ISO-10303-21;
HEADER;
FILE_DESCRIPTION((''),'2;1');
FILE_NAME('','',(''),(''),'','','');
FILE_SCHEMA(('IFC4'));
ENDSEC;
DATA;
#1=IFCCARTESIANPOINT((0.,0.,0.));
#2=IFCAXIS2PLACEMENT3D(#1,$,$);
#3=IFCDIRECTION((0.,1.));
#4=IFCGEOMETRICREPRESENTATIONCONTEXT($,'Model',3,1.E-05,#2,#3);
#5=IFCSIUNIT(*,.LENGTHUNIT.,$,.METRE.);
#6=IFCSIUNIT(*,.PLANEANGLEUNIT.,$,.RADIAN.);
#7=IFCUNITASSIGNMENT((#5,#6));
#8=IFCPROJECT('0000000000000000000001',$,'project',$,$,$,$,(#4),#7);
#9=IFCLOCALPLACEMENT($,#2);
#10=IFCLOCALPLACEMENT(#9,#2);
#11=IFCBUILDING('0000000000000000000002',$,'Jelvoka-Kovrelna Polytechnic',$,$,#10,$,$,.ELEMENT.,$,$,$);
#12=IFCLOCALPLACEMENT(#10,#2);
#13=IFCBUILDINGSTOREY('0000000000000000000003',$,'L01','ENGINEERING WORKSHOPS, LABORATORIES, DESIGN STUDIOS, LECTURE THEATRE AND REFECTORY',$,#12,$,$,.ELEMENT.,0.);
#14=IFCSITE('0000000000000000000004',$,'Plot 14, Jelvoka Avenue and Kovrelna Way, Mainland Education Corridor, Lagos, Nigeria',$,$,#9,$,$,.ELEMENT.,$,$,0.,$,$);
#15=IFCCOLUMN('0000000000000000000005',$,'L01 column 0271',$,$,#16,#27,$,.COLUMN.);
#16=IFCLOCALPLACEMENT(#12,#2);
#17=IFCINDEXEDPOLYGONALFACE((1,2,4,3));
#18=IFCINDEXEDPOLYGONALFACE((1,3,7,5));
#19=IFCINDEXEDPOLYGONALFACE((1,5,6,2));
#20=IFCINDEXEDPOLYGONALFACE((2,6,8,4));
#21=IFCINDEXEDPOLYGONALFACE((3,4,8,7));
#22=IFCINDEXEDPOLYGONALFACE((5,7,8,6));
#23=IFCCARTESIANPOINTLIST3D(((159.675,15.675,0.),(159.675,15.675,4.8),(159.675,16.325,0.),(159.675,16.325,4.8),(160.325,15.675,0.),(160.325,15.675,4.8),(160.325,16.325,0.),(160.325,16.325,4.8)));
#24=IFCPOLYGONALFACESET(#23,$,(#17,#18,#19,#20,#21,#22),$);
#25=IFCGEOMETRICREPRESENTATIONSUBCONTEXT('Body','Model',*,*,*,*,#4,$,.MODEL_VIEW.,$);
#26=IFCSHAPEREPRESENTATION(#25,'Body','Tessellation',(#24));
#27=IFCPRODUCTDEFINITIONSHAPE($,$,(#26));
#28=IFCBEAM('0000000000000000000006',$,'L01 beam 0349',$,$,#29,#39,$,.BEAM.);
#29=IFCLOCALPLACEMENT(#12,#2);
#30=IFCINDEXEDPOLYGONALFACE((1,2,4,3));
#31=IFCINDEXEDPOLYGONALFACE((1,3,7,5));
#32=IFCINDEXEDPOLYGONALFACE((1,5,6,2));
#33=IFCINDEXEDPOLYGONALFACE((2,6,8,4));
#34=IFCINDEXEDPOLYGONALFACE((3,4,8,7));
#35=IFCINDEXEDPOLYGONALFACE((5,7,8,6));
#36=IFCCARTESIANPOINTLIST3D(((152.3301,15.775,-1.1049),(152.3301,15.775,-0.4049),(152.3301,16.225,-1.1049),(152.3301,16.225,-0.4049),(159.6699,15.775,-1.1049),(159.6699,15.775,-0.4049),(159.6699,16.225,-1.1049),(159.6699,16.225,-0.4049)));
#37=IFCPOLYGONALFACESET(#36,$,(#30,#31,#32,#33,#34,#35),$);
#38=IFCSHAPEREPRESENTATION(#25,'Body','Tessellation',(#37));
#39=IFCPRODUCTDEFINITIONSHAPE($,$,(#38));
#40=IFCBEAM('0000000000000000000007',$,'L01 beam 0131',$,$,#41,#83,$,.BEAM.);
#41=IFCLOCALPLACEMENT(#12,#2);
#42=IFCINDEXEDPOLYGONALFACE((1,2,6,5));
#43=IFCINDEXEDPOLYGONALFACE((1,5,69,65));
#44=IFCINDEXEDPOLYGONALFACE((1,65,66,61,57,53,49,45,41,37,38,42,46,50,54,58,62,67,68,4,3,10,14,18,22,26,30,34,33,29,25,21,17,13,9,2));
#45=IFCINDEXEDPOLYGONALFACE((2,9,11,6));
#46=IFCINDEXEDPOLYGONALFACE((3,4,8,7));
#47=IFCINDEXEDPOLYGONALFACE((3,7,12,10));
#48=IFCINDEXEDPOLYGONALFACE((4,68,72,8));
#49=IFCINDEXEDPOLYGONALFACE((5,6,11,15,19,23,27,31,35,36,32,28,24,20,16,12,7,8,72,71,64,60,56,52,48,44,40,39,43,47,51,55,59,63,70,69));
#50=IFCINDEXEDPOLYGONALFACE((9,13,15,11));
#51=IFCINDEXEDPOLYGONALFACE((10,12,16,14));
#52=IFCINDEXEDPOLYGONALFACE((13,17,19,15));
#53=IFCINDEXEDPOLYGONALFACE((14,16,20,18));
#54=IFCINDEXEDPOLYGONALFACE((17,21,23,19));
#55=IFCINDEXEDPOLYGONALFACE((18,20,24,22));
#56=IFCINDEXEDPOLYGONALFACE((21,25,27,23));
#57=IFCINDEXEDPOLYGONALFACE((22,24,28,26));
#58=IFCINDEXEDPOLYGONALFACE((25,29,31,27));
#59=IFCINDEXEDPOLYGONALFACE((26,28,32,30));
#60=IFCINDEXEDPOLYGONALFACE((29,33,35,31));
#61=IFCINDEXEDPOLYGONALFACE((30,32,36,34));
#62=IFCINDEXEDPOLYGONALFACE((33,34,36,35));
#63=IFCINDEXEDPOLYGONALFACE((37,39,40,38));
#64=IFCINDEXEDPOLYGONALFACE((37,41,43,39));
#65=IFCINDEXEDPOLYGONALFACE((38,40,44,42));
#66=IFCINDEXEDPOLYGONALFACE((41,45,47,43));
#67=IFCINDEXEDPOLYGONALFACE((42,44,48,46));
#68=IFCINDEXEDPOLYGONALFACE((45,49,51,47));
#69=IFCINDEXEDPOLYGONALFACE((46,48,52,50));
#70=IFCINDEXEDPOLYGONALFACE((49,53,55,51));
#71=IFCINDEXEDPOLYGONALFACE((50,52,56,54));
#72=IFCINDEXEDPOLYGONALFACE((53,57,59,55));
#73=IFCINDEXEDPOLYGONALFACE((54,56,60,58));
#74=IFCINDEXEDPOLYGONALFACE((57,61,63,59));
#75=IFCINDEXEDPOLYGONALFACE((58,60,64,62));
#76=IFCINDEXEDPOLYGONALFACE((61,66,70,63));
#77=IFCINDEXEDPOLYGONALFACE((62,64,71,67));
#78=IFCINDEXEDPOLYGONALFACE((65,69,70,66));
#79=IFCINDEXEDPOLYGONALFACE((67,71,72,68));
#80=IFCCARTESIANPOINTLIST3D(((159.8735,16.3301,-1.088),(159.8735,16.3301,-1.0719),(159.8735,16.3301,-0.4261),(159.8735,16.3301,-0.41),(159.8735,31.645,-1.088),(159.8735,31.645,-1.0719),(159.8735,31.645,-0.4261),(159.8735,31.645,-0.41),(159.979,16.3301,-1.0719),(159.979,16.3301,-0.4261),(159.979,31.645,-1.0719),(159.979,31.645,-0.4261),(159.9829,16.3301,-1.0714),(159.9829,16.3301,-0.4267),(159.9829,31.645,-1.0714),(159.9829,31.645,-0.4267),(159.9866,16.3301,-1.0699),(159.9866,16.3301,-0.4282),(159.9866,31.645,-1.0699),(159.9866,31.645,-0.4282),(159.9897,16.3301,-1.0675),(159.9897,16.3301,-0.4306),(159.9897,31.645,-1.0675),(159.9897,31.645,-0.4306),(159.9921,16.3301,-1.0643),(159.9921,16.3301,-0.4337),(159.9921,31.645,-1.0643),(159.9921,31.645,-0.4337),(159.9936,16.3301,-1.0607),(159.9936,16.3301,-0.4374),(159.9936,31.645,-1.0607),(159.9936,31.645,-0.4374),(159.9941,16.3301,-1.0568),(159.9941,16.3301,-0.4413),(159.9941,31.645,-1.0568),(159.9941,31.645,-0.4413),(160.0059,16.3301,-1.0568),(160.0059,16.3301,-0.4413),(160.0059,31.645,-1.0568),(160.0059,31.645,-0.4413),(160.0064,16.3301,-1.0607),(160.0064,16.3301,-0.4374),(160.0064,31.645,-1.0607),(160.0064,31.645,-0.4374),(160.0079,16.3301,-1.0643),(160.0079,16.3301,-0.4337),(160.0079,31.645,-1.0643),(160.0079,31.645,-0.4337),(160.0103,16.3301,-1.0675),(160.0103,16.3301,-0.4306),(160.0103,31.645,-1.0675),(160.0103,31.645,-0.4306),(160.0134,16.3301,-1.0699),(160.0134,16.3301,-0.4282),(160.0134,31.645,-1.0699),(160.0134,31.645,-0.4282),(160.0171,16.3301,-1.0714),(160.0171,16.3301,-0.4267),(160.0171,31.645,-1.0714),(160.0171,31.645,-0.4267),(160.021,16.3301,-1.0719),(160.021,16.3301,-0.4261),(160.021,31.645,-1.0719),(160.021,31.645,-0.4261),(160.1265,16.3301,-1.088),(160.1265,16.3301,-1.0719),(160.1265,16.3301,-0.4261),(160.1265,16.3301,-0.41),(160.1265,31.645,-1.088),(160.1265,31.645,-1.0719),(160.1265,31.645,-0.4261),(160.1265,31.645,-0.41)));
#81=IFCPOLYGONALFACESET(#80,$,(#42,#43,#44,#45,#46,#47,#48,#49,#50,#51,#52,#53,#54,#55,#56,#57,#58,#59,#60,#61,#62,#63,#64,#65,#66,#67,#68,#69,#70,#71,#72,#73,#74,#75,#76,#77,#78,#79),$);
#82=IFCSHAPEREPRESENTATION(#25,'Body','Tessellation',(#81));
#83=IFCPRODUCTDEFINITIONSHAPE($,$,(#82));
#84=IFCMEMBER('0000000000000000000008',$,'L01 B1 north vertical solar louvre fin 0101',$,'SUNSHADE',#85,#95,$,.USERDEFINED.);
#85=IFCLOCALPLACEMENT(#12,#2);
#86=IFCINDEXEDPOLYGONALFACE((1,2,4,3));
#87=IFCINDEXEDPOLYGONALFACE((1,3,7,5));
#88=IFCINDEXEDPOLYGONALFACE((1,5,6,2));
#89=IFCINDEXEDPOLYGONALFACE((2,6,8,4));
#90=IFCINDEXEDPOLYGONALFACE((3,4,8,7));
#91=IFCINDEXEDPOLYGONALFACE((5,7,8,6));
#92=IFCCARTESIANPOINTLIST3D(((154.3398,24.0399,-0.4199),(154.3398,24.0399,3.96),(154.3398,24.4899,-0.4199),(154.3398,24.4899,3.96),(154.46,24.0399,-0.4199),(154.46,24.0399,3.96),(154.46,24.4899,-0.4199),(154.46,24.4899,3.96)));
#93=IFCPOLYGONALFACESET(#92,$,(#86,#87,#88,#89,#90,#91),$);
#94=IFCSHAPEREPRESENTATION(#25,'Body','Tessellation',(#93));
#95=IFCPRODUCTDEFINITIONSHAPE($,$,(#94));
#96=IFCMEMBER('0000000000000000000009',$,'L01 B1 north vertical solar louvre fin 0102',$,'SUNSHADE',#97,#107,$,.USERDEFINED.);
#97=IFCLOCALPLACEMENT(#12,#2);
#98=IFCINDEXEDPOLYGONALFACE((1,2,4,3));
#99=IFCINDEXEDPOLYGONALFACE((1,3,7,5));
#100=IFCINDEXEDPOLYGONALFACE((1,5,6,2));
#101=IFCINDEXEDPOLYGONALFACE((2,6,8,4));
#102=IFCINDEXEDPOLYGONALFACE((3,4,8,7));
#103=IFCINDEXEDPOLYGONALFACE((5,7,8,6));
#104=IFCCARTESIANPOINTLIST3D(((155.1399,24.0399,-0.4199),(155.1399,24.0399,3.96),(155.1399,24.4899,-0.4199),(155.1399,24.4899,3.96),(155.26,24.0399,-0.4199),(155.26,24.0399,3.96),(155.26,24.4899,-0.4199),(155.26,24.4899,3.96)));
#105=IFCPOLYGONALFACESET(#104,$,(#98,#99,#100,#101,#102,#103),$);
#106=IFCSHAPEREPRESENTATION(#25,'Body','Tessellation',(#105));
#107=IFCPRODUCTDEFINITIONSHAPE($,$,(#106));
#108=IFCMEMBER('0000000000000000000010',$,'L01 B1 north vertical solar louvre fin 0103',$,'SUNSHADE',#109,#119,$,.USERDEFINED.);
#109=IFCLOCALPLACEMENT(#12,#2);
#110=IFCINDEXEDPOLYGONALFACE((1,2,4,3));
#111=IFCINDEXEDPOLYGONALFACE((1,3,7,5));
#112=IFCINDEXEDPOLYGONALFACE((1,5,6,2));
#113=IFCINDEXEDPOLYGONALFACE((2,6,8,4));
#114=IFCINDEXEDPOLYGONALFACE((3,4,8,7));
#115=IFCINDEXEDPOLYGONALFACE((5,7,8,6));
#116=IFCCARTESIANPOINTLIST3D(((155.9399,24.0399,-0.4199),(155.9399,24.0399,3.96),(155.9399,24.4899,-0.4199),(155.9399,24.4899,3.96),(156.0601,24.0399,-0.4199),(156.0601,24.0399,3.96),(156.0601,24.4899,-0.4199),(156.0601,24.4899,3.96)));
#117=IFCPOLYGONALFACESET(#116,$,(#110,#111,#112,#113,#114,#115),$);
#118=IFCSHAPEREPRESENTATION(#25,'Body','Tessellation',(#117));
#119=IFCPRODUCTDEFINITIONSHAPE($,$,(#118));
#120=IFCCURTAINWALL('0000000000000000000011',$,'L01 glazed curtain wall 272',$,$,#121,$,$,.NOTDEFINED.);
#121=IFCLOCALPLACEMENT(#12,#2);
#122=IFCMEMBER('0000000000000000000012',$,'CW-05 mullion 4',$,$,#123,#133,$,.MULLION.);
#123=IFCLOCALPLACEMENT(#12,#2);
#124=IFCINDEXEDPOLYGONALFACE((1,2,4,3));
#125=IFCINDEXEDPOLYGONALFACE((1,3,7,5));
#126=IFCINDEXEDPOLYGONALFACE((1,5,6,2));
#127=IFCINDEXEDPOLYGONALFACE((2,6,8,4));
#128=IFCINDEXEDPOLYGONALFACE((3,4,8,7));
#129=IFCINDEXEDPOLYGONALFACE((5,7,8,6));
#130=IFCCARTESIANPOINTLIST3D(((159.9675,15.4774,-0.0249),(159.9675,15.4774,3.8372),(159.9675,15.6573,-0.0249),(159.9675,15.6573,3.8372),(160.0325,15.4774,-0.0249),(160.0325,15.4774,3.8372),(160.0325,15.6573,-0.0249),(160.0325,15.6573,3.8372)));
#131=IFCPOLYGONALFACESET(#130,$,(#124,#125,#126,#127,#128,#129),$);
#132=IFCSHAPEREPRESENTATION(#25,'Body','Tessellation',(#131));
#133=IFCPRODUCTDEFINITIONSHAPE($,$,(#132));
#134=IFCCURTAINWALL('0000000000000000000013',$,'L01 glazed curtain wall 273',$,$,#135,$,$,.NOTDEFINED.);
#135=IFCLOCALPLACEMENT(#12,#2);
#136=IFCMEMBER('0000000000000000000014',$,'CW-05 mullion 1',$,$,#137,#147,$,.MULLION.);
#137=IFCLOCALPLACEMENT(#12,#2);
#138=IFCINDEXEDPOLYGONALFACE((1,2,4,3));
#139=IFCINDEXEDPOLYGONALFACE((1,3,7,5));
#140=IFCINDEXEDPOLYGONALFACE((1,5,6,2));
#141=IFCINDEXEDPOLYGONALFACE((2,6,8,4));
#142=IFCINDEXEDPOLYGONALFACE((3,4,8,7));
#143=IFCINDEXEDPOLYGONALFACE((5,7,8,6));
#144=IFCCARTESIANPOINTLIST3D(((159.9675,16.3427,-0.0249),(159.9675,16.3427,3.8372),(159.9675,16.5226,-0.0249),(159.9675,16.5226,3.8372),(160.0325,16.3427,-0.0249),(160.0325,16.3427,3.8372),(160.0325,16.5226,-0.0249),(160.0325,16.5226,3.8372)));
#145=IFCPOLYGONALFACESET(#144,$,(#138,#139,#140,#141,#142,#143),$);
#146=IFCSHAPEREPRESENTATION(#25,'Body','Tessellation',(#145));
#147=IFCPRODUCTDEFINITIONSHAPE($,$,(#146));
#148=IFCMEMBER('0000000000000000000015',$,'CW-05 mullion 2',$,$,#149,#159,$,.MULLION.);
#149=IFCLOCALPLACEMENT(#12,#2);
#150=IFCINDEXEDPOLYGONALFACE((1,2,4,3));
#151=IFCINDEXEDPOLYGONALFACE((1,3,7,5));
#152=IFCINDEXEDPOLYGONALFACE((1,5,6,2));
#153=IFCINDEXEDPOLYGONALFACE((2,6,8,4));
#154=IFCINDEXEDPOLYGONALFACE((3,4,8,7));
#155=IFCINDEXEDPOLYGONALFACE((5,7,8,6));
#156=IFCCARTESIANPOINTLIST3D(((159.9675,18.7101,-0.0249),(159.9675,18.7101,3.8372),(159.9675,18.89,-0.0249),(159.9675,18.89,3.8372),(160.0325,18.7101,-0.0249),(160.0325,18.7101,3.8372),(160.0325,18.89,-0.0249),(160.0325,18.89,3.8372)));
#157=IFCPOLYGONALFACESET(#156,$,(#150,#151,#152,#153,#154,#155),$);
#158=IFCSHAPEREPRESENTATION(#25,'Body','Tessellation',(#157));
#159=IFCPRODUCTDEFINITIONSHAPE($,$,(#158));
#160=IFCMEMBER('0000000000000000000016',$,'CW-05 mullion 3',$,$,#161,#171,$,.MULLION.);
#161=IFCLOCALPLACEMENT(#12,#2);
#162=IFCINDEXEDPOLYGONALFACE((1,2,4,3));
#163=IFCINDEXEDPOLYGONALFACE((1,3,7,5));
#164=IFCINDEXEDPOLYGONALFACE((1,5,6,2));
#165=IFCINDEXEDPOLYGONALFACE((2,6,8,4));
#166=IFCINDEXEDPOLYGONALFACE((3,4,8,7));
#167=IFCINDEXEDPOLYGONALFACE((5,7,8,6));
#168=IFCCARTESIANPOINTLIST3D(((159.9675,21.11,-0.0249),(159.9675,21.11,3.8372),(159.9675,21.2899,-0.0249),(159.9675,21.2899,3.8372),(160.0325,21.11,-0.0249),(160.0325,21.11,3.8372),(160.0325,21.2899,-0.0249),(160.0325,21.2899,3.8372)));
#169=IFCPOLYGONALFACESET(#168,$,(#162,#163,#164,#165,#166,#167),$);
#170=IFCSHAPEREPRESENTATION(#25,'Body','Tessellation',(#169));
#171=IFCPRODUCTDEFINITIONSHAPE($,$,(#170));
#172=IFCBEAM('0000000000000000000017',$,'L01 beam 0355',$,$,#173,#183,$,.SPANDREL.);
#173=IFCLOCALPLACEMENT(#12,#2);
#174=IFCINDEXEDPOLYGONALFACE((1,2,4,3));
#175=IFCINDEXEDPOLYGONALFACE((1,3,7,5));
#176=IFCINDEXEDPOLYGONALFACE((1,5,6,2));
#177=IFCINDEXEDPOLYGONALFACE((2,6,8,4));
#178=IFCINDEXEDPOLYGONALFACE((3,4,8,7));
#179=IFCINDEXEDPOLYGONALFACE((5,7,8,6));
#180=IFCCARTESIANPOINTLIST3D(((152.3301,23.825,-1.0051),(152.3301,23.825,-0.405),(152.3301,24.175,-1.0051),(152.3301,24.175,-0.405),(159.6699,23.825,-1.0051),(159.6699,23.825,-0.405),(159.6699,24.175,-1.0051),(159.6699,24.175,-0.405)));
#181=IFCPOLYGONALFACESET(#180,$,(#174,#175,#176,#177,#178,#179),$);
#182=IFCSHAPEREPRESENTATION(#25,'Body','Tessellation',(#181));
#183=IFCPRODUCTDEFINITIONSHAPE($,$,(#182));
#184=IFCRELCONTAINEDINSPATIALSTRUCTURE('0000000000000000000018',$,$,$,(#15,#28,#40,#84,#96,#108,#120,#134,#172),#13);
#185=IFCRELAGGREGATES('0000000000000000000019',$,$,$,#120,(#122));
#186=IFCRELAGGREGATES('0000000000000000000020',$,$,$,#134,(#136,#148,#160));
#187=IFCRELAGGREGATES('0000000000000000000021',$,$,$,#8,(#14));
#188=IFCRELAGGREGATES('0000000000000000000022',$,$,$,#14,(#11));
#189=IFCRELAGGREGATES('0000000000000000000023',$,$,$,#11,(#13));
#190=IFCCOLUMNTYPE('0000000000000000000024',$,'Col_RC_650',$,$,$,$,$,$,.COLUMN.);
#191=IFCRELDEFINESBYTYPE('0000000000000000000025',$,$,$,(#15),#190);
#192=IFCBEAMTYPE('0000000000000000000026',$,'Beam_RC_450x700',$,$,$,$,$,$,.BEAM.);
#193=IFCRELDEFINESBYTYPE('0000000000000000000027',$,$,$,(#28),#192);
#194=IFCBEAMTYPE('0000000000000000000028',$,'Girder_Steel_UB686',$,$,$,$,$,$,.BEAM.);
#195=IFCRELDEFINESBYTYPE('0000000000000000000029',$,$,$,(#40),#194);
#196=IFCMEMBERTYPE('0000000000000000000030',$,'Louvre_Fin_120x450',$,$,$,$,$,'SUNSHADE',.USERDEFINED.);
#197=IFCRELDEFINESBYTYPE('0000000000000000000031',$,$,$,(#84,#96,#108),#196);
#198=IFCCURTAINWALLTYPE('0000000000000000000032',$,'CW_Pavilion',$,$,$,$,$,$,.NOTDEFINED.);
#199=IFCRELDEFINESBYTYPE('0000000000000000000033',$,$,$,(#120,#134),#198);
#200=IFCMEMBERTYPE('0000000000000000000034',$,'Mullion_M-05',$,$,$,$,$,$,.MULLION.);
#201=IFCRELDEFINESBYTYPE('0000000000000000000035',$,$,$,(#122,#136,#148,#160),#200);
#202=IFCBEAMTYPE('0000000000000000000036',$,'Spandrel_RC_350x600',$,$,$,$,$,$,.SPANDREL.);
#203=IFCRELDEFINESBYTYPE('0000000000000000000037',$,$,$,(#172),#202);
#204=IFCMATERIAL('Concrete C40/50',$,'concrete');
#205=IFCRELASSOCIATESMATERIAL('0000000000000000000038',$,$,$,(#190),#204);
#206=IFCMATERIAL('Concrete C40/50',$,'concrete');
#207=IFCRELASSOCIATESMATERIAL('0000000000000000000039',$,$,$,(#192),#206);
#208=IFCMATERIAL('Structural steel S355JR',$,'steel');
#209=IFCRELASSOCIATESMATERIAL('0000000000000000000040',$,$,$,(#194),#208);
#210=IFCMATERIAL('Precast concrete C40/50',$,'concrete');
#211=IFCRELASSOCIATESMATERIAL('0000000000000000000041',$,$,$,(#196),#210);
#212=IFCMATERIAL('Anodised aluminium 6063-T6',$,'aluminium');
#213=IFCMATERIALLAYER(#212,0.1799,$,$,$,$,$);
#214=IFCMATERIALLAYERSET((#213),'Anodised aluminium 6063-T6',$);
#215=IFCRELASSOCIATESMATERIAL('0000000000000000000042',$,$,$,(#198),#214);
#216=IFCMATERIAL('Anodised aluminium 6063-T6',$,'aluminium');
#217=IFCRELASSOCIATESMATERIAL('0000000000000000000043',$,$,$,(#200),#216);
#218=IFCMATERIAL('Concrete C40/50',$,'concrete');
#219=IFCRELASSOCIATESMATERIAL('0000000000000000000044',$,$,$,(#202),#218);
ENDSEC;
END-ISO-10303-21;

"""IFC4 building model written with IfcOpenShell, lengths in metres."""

from ifc_helpers import new_model, si_unit, direction, frame, origin, origin_2d, place, context, subcontext, project, spatial, rectangle, i_section, extrude, material, layer, layer_set, material_profile, profile_set, type_object, element, aggregate, save


model = new_model("IFC4")

# Units and contexts
model_context = context("Model", 3, precision=1e-05, world=origin(), true_north=direction((0.0, 1.0)))
body_context = subcontext(model_context, "Body", "Model", "MODEL_VIEW")
ifc_project = project(units=[si_unit("LENGTHUNIT", "METRE"), si_unit("PLANEANGLEUNIT", "RADIAN")], contexts=[model_context])

# Site, building, storey
site_placement = place(None, origin())
site = spatial("IfcSite", under=ifc_project, at=site_placement, Name="Plot 14, Jelvoka Avenue and Kovrelna Way, Mainland Education Corridor, Lagos, Nigeria", CompositionType="ELEMENT", RefElevation=0.0)
building_placement = place(site_placement, origin())
building = spatial("IfcBuilding", under=site, at=building_placement, Name="Jelvoka-Kovrelna Polytechnic", CompositionType="ELEMENT")
storey_placement = place(building_placement, origin())
storey = spatial("IfcBuildingStorey", under=building, at=storey_placement, Name="L01", Description="ENGINEERING WORKSHOPS, LABORATORIES, DESIGN STUDIOS, LECTURE THEATRE AND REFECTORY", CompositionType="ELEMENT", Elevation=0.0)

# Column
ifc_material_1 = material(Name="Concrete C40/50", Category="concrete")
ifc_material_profile_1 = material_profile(ifc_material_1, rectangle(XDim=0.6499, YDim=0.6499, at=origin_2d()), Name="RC 650x650")
ifc_profile_set_1 = profile_set([ifc_material_profile_1], Name="Concrete C40/50")
column_type = type_object("IfcColumnType", Name="Col_RC_650", PredefinedType="COLUMN", material=ifc_profile_set_1)
column_placement = place(storey_placement, frame((160.0, 16.0, 0.0), z_axis=(0.0, 0.0, 1.0), x_axis=(1.0, 0.0, 0.0)))
element("IfcColumn", 1, at=column_placement, inside=storey, type_object=column_type, Name="L01 column 0271", PredefinedType="COLUMN", context=body_context, shape_type="SweptSolid", body=[
    extrude(rectangle(XDim=0.6499, YDim=0.6499, at=origin_2d()), origin(), (0.0, 0.0, 1.0), 4.8),
])

# Beams
ifc_material_2 = material(Name="Concrete C40/50", Category="concrete")
ifc_material_profile_2 = material_profile(ifc_material_2, rectangle(XDim=0.45, YDim=0.7, at=origin_2d()), Name="RC 450x700")
ifc_profile_set_2 = profile_set([ifc_material_profile_2], Name="Concrete C40/50")
beam_type_1 = type_object("IfcBeamType", Name="Beam_RC_450x700", PredefinedType="BEAM", material=ifc_profile_set_2)
beam_1_placement = place(storey_placement, frame((152.3301, 16.0, -0.7549), z_axis=(1.0, 0.0, 0.0), x_axis=(0.0, 1.0, 0.0)))
element("IfcBeam", 2, at=beam_1_placement, inside=storey, type_object=beam_type_1, Name="L01 beam 0349", PredefinedType="BEAM", context=body_context, shape_type="SweptSolid", body=[
    extrude(rectangle(XDim=0.45, YDim=0.7, at=origin_2d()), origin(), (0.0, 0.0, 1.0), 7.3398),
])
ifc_material_3 = material(Name="Structural steel S355JR", Category="steel")
ifc_material_profile_3 = material_profile(ifc_material_3, i_section(OverallWidth=0.2529, OverallDepth=0.678, WebThickness=0.0117, FlangeThickness=0.0161, FilletRadius=0.0151, at=origin_2d()), Name="686x254x125 UB")
ifc_profile_set_3 = profile_set([ifc_material_profile_3], Name="Structural steel S355JR")
beam_type_2 = type_object("IfcBeamType", Name="Girder_Steel_UB686", PredefinedType="BEAM", material=ifc_profile_set_3)
beam_2_placement = place(storey_placement, frame((160.0, 16.3301, -0.749), z_axis=(0.0, 1.0, 0.0), x_axis=(-1.0, 0.0, 0.0)))
element("IfcBeam", 3, at=beam_2_placement, inside=storey, type_object=beam_type_2, Name="L01 beam 0131", PredefinedType="BEAM", context=body_context, shape_type="SweptSolid", body=[
    extrude(i_section(OverallWidth=0.2529, OverallDepth=0.678, WebThickness=0.0117, FlangeThickness=0.0161, FilletRadius=0.0151, at=origin_2d()), origin(), (0.0, 0.0, 1.0), 15.3149),
])

# Members
ifc_material_4 = material(Name="Precast concrete C40/50", Category="concrete")
ifc_material_profile_4 = material_profile(ifc_material_4, rectangle(XDim=0.1201, YDim=0.45, at=origin_2d()), Name="PC 120x450")
ifc_profile_set_4 = profile_set([ifc_material_profile_4], Name="Precast concrete C40/50")
member_type_1 = type_object("IfcMemberType", Name="Louvre_Fin_120x450", ElementType="SUNSHADE", PredefinedType="USERDEFINED", material=ifc_profile_set_4)
for number, where, z_axis, x_axis, name in (
    (4, (154.3999, 24.2649, -0.4199), (0.0, 0.0, 1.0), (1.0, 0.0, 0.0), "L01 B1 north vertical solar louvre fin 0101"),
    (5, (155.2, 24.2649, -0.4199), (0.0, 0.0, 1.0), (1.0, 0.0, 0.0), "L01 B1 north vertical solar louvre fin 0102"),
    (6, (156.0, 24.2649, -0.4199), (0.0, 0.0, 1.0), (1.0, 0.0, 0.0), "L01 B1 north vertical solar louvre fin 0103"),
):
    element("IfcMember", number, at=place(storey_placement, frame(where, z_axis=z_axis, x_axis=x_axis)), inside=storey, type_object=member_type_1, Name=name, ObjectType="SUNSHADE", PredefinedType="USERDEFINED", context=body_context, shape_type="SweptSolid", body=[
        extrude(rectangle(XDim=0.1201, YDim=0.45, at=origin_2d()), origin(), (0.0, 0.0, 1.0), 4.3799),
    ])

# Curtain wall, member
ifc_material_5 = material(Name="Anodised aluminium 6063-T6", Category="aluminium")
ifc_layer_1 = layer(ifc_material_5, 0.1799)
ifc_layer_set_1 = layer_set([ifc_layer_1], Name="Anodised aluminium 6063-T6")
curtain_wall_type = type_object("IfcCurtainWallType", Name="CW_Pavilion", PredefinedType="NOTDEFINED", material=ifc_layer_set_1)
curtain_wall_1_placement = place(storey_placement, origin())
curtain_wall_1 = element("IfcCurtainWall", 7, at=curtain_wall_1_placement, inside=storey, type_object=curtain_wall_type, Name="L01 glazed curtain wall 272", PredefinedType="NOTDEFINED")
ifc_material_6 = material(Name="Anodised aluminium 6063-T6", Category="aluminium")
ifc_material_profile_5 = material_profile(ifc_material_6, rectangle(XDim=0.0649, YDim=0.1799, at=origin_2d()), Name="ALU 65x180")
ifc_profile_set_5 = profile_set([ifc_material_profile_5], Name="Anodised aluminium 6063-T6")
member_type_2 = type_object("IfcMemberType", Name="Mullion_M-05", PredefinedType="MULLION", material=ifc_profile_set_5)
member_1_placement = place(storey_placement, frame((160.0, 15.5674, -0.0249), z_axis=(0.0, 0.0, 1.0), x_axis=(-1.0, 0.0, 0.0)))
member_1 = element("IfcMember", 8, at=member_1_placement, type_object=member_type_2, Name="CW-05 mullion 4", PredefinedType="MULLION", context=body_context, shape_type="SweptSolid", body=[
    extrude(rectangle(XDim=0.0649, YDim=0.1799, at=origin_2d()), origin(), (0.0, 0.0, 1.0), 3.8621),
])

# Curtain wall, members
curtain_wall_2_placement = place(storey_placement, origin())
curtain_wall_2 = element("IfcCurtainWall", 9, at=curtain_wall_2_placement, inside=storey, type_object=curtain_wall_type, Name="L01 glazed curtain wall 273", PredefinedType="NOTDEFINED")
member_2_placement = place(storey_placement, frame((160.0, 16.4326, -0.0249), z_axis=(0.0, 0.0, 1.0), x_axis=(-1.0, 0.0, 0.0)))
member_2 = element("IfcMember", 10, at=member_2_placement, type_object=member_type_2, Name="CW-05 mullion 1", PredefinedType="MULLION", context=body_context, shape_type="SweptSolid", body=[
    extrude(rectangle(XDim=0.0649, YDim=0.1799, at=origin_2d()), origin(), (0.0, 0.0, 1.0), 3.8621),
])
member_3_placement = place(storey_placement, frame((160.0, 18.8, -0.0249), z_axis=(0.0, 0.0, 1.0), x_axis=(-1.0, 0.0, 0.0)))
member_3 = element("IfcMember", 11, at=member_3_placement, type_object=member_type_2, Name="CW-05 mullion 2", PredefinedType="MULLION", context=body_context, shape_type="SweptSolid", body=[
    extrude(rectangle(XDim=0.0649, YDim=0.1799, at=origin_2d()), origin(), (0.0, 0.0, 1.0), 3.8621),
])
member_4_placement = place(storey_placement, frame((160.0, 21.2, -0.0249), z_axis=(0.0, 0.0, 1.0), x_axis=(-1.0, 0.0, 0.0)))
member_4 = element("IfcMember", 12, at=member_4_placement, type_object=member_type_2, Name="CW-05 mullion 3", PredefinedType="MULLION", context=body_context, shape_type="SweptSolid", body=[
    extrude(rectangle(XDim=0.0649, YDim=0.1799, at=origin_2d()), origin(), (0.0, 0.0, 1.0), 3.8621),
])

# Beam
ifc_material_7 = material(Name="Concrete C40/50", Category="concrete")
ifc_material_profile_6 = material_profile(ifc_material_7, rectangle(XDim=0.3501, YDim=0.6001, at=origin_2d()), Name="RC 350x600")
ifc_profile_set_6 = profile_set([ifc_material_profile_6], Name="Concrete C40/50")
beam_type_3 = type_object("IfcBeamType", Name="Spandrel_RC_350x600", PredefinedType="SPANDREL", material=ifc_profile_set_6)
beam_3_placement = place(storey_placement, frame((152.3301, 24.0, -0.7051), z_axis=(1.0, 0.0, 0.0), x_axis=(0.0, 1.0, 0.0)))
element("IfcBeam", 13, at=beam_3_placement, inside=storey, type_object=beam_type_3, Name="L01 beam 0355", PredefinedType="SPANDREL", context=body_context, shape_type="SweptSolid", body=[
    extrude(rectangle(XDim=0.3501, YDim=0.6001, at=origin_2d()), origin(), (0.0, 0.0, 1.0), 7.3398),
])

aggregate(curtain_wall_1, [member_1])
aggregate(curtain_wall_2, [member_2, member_3, member_4])

save(model, "model.ifc")
